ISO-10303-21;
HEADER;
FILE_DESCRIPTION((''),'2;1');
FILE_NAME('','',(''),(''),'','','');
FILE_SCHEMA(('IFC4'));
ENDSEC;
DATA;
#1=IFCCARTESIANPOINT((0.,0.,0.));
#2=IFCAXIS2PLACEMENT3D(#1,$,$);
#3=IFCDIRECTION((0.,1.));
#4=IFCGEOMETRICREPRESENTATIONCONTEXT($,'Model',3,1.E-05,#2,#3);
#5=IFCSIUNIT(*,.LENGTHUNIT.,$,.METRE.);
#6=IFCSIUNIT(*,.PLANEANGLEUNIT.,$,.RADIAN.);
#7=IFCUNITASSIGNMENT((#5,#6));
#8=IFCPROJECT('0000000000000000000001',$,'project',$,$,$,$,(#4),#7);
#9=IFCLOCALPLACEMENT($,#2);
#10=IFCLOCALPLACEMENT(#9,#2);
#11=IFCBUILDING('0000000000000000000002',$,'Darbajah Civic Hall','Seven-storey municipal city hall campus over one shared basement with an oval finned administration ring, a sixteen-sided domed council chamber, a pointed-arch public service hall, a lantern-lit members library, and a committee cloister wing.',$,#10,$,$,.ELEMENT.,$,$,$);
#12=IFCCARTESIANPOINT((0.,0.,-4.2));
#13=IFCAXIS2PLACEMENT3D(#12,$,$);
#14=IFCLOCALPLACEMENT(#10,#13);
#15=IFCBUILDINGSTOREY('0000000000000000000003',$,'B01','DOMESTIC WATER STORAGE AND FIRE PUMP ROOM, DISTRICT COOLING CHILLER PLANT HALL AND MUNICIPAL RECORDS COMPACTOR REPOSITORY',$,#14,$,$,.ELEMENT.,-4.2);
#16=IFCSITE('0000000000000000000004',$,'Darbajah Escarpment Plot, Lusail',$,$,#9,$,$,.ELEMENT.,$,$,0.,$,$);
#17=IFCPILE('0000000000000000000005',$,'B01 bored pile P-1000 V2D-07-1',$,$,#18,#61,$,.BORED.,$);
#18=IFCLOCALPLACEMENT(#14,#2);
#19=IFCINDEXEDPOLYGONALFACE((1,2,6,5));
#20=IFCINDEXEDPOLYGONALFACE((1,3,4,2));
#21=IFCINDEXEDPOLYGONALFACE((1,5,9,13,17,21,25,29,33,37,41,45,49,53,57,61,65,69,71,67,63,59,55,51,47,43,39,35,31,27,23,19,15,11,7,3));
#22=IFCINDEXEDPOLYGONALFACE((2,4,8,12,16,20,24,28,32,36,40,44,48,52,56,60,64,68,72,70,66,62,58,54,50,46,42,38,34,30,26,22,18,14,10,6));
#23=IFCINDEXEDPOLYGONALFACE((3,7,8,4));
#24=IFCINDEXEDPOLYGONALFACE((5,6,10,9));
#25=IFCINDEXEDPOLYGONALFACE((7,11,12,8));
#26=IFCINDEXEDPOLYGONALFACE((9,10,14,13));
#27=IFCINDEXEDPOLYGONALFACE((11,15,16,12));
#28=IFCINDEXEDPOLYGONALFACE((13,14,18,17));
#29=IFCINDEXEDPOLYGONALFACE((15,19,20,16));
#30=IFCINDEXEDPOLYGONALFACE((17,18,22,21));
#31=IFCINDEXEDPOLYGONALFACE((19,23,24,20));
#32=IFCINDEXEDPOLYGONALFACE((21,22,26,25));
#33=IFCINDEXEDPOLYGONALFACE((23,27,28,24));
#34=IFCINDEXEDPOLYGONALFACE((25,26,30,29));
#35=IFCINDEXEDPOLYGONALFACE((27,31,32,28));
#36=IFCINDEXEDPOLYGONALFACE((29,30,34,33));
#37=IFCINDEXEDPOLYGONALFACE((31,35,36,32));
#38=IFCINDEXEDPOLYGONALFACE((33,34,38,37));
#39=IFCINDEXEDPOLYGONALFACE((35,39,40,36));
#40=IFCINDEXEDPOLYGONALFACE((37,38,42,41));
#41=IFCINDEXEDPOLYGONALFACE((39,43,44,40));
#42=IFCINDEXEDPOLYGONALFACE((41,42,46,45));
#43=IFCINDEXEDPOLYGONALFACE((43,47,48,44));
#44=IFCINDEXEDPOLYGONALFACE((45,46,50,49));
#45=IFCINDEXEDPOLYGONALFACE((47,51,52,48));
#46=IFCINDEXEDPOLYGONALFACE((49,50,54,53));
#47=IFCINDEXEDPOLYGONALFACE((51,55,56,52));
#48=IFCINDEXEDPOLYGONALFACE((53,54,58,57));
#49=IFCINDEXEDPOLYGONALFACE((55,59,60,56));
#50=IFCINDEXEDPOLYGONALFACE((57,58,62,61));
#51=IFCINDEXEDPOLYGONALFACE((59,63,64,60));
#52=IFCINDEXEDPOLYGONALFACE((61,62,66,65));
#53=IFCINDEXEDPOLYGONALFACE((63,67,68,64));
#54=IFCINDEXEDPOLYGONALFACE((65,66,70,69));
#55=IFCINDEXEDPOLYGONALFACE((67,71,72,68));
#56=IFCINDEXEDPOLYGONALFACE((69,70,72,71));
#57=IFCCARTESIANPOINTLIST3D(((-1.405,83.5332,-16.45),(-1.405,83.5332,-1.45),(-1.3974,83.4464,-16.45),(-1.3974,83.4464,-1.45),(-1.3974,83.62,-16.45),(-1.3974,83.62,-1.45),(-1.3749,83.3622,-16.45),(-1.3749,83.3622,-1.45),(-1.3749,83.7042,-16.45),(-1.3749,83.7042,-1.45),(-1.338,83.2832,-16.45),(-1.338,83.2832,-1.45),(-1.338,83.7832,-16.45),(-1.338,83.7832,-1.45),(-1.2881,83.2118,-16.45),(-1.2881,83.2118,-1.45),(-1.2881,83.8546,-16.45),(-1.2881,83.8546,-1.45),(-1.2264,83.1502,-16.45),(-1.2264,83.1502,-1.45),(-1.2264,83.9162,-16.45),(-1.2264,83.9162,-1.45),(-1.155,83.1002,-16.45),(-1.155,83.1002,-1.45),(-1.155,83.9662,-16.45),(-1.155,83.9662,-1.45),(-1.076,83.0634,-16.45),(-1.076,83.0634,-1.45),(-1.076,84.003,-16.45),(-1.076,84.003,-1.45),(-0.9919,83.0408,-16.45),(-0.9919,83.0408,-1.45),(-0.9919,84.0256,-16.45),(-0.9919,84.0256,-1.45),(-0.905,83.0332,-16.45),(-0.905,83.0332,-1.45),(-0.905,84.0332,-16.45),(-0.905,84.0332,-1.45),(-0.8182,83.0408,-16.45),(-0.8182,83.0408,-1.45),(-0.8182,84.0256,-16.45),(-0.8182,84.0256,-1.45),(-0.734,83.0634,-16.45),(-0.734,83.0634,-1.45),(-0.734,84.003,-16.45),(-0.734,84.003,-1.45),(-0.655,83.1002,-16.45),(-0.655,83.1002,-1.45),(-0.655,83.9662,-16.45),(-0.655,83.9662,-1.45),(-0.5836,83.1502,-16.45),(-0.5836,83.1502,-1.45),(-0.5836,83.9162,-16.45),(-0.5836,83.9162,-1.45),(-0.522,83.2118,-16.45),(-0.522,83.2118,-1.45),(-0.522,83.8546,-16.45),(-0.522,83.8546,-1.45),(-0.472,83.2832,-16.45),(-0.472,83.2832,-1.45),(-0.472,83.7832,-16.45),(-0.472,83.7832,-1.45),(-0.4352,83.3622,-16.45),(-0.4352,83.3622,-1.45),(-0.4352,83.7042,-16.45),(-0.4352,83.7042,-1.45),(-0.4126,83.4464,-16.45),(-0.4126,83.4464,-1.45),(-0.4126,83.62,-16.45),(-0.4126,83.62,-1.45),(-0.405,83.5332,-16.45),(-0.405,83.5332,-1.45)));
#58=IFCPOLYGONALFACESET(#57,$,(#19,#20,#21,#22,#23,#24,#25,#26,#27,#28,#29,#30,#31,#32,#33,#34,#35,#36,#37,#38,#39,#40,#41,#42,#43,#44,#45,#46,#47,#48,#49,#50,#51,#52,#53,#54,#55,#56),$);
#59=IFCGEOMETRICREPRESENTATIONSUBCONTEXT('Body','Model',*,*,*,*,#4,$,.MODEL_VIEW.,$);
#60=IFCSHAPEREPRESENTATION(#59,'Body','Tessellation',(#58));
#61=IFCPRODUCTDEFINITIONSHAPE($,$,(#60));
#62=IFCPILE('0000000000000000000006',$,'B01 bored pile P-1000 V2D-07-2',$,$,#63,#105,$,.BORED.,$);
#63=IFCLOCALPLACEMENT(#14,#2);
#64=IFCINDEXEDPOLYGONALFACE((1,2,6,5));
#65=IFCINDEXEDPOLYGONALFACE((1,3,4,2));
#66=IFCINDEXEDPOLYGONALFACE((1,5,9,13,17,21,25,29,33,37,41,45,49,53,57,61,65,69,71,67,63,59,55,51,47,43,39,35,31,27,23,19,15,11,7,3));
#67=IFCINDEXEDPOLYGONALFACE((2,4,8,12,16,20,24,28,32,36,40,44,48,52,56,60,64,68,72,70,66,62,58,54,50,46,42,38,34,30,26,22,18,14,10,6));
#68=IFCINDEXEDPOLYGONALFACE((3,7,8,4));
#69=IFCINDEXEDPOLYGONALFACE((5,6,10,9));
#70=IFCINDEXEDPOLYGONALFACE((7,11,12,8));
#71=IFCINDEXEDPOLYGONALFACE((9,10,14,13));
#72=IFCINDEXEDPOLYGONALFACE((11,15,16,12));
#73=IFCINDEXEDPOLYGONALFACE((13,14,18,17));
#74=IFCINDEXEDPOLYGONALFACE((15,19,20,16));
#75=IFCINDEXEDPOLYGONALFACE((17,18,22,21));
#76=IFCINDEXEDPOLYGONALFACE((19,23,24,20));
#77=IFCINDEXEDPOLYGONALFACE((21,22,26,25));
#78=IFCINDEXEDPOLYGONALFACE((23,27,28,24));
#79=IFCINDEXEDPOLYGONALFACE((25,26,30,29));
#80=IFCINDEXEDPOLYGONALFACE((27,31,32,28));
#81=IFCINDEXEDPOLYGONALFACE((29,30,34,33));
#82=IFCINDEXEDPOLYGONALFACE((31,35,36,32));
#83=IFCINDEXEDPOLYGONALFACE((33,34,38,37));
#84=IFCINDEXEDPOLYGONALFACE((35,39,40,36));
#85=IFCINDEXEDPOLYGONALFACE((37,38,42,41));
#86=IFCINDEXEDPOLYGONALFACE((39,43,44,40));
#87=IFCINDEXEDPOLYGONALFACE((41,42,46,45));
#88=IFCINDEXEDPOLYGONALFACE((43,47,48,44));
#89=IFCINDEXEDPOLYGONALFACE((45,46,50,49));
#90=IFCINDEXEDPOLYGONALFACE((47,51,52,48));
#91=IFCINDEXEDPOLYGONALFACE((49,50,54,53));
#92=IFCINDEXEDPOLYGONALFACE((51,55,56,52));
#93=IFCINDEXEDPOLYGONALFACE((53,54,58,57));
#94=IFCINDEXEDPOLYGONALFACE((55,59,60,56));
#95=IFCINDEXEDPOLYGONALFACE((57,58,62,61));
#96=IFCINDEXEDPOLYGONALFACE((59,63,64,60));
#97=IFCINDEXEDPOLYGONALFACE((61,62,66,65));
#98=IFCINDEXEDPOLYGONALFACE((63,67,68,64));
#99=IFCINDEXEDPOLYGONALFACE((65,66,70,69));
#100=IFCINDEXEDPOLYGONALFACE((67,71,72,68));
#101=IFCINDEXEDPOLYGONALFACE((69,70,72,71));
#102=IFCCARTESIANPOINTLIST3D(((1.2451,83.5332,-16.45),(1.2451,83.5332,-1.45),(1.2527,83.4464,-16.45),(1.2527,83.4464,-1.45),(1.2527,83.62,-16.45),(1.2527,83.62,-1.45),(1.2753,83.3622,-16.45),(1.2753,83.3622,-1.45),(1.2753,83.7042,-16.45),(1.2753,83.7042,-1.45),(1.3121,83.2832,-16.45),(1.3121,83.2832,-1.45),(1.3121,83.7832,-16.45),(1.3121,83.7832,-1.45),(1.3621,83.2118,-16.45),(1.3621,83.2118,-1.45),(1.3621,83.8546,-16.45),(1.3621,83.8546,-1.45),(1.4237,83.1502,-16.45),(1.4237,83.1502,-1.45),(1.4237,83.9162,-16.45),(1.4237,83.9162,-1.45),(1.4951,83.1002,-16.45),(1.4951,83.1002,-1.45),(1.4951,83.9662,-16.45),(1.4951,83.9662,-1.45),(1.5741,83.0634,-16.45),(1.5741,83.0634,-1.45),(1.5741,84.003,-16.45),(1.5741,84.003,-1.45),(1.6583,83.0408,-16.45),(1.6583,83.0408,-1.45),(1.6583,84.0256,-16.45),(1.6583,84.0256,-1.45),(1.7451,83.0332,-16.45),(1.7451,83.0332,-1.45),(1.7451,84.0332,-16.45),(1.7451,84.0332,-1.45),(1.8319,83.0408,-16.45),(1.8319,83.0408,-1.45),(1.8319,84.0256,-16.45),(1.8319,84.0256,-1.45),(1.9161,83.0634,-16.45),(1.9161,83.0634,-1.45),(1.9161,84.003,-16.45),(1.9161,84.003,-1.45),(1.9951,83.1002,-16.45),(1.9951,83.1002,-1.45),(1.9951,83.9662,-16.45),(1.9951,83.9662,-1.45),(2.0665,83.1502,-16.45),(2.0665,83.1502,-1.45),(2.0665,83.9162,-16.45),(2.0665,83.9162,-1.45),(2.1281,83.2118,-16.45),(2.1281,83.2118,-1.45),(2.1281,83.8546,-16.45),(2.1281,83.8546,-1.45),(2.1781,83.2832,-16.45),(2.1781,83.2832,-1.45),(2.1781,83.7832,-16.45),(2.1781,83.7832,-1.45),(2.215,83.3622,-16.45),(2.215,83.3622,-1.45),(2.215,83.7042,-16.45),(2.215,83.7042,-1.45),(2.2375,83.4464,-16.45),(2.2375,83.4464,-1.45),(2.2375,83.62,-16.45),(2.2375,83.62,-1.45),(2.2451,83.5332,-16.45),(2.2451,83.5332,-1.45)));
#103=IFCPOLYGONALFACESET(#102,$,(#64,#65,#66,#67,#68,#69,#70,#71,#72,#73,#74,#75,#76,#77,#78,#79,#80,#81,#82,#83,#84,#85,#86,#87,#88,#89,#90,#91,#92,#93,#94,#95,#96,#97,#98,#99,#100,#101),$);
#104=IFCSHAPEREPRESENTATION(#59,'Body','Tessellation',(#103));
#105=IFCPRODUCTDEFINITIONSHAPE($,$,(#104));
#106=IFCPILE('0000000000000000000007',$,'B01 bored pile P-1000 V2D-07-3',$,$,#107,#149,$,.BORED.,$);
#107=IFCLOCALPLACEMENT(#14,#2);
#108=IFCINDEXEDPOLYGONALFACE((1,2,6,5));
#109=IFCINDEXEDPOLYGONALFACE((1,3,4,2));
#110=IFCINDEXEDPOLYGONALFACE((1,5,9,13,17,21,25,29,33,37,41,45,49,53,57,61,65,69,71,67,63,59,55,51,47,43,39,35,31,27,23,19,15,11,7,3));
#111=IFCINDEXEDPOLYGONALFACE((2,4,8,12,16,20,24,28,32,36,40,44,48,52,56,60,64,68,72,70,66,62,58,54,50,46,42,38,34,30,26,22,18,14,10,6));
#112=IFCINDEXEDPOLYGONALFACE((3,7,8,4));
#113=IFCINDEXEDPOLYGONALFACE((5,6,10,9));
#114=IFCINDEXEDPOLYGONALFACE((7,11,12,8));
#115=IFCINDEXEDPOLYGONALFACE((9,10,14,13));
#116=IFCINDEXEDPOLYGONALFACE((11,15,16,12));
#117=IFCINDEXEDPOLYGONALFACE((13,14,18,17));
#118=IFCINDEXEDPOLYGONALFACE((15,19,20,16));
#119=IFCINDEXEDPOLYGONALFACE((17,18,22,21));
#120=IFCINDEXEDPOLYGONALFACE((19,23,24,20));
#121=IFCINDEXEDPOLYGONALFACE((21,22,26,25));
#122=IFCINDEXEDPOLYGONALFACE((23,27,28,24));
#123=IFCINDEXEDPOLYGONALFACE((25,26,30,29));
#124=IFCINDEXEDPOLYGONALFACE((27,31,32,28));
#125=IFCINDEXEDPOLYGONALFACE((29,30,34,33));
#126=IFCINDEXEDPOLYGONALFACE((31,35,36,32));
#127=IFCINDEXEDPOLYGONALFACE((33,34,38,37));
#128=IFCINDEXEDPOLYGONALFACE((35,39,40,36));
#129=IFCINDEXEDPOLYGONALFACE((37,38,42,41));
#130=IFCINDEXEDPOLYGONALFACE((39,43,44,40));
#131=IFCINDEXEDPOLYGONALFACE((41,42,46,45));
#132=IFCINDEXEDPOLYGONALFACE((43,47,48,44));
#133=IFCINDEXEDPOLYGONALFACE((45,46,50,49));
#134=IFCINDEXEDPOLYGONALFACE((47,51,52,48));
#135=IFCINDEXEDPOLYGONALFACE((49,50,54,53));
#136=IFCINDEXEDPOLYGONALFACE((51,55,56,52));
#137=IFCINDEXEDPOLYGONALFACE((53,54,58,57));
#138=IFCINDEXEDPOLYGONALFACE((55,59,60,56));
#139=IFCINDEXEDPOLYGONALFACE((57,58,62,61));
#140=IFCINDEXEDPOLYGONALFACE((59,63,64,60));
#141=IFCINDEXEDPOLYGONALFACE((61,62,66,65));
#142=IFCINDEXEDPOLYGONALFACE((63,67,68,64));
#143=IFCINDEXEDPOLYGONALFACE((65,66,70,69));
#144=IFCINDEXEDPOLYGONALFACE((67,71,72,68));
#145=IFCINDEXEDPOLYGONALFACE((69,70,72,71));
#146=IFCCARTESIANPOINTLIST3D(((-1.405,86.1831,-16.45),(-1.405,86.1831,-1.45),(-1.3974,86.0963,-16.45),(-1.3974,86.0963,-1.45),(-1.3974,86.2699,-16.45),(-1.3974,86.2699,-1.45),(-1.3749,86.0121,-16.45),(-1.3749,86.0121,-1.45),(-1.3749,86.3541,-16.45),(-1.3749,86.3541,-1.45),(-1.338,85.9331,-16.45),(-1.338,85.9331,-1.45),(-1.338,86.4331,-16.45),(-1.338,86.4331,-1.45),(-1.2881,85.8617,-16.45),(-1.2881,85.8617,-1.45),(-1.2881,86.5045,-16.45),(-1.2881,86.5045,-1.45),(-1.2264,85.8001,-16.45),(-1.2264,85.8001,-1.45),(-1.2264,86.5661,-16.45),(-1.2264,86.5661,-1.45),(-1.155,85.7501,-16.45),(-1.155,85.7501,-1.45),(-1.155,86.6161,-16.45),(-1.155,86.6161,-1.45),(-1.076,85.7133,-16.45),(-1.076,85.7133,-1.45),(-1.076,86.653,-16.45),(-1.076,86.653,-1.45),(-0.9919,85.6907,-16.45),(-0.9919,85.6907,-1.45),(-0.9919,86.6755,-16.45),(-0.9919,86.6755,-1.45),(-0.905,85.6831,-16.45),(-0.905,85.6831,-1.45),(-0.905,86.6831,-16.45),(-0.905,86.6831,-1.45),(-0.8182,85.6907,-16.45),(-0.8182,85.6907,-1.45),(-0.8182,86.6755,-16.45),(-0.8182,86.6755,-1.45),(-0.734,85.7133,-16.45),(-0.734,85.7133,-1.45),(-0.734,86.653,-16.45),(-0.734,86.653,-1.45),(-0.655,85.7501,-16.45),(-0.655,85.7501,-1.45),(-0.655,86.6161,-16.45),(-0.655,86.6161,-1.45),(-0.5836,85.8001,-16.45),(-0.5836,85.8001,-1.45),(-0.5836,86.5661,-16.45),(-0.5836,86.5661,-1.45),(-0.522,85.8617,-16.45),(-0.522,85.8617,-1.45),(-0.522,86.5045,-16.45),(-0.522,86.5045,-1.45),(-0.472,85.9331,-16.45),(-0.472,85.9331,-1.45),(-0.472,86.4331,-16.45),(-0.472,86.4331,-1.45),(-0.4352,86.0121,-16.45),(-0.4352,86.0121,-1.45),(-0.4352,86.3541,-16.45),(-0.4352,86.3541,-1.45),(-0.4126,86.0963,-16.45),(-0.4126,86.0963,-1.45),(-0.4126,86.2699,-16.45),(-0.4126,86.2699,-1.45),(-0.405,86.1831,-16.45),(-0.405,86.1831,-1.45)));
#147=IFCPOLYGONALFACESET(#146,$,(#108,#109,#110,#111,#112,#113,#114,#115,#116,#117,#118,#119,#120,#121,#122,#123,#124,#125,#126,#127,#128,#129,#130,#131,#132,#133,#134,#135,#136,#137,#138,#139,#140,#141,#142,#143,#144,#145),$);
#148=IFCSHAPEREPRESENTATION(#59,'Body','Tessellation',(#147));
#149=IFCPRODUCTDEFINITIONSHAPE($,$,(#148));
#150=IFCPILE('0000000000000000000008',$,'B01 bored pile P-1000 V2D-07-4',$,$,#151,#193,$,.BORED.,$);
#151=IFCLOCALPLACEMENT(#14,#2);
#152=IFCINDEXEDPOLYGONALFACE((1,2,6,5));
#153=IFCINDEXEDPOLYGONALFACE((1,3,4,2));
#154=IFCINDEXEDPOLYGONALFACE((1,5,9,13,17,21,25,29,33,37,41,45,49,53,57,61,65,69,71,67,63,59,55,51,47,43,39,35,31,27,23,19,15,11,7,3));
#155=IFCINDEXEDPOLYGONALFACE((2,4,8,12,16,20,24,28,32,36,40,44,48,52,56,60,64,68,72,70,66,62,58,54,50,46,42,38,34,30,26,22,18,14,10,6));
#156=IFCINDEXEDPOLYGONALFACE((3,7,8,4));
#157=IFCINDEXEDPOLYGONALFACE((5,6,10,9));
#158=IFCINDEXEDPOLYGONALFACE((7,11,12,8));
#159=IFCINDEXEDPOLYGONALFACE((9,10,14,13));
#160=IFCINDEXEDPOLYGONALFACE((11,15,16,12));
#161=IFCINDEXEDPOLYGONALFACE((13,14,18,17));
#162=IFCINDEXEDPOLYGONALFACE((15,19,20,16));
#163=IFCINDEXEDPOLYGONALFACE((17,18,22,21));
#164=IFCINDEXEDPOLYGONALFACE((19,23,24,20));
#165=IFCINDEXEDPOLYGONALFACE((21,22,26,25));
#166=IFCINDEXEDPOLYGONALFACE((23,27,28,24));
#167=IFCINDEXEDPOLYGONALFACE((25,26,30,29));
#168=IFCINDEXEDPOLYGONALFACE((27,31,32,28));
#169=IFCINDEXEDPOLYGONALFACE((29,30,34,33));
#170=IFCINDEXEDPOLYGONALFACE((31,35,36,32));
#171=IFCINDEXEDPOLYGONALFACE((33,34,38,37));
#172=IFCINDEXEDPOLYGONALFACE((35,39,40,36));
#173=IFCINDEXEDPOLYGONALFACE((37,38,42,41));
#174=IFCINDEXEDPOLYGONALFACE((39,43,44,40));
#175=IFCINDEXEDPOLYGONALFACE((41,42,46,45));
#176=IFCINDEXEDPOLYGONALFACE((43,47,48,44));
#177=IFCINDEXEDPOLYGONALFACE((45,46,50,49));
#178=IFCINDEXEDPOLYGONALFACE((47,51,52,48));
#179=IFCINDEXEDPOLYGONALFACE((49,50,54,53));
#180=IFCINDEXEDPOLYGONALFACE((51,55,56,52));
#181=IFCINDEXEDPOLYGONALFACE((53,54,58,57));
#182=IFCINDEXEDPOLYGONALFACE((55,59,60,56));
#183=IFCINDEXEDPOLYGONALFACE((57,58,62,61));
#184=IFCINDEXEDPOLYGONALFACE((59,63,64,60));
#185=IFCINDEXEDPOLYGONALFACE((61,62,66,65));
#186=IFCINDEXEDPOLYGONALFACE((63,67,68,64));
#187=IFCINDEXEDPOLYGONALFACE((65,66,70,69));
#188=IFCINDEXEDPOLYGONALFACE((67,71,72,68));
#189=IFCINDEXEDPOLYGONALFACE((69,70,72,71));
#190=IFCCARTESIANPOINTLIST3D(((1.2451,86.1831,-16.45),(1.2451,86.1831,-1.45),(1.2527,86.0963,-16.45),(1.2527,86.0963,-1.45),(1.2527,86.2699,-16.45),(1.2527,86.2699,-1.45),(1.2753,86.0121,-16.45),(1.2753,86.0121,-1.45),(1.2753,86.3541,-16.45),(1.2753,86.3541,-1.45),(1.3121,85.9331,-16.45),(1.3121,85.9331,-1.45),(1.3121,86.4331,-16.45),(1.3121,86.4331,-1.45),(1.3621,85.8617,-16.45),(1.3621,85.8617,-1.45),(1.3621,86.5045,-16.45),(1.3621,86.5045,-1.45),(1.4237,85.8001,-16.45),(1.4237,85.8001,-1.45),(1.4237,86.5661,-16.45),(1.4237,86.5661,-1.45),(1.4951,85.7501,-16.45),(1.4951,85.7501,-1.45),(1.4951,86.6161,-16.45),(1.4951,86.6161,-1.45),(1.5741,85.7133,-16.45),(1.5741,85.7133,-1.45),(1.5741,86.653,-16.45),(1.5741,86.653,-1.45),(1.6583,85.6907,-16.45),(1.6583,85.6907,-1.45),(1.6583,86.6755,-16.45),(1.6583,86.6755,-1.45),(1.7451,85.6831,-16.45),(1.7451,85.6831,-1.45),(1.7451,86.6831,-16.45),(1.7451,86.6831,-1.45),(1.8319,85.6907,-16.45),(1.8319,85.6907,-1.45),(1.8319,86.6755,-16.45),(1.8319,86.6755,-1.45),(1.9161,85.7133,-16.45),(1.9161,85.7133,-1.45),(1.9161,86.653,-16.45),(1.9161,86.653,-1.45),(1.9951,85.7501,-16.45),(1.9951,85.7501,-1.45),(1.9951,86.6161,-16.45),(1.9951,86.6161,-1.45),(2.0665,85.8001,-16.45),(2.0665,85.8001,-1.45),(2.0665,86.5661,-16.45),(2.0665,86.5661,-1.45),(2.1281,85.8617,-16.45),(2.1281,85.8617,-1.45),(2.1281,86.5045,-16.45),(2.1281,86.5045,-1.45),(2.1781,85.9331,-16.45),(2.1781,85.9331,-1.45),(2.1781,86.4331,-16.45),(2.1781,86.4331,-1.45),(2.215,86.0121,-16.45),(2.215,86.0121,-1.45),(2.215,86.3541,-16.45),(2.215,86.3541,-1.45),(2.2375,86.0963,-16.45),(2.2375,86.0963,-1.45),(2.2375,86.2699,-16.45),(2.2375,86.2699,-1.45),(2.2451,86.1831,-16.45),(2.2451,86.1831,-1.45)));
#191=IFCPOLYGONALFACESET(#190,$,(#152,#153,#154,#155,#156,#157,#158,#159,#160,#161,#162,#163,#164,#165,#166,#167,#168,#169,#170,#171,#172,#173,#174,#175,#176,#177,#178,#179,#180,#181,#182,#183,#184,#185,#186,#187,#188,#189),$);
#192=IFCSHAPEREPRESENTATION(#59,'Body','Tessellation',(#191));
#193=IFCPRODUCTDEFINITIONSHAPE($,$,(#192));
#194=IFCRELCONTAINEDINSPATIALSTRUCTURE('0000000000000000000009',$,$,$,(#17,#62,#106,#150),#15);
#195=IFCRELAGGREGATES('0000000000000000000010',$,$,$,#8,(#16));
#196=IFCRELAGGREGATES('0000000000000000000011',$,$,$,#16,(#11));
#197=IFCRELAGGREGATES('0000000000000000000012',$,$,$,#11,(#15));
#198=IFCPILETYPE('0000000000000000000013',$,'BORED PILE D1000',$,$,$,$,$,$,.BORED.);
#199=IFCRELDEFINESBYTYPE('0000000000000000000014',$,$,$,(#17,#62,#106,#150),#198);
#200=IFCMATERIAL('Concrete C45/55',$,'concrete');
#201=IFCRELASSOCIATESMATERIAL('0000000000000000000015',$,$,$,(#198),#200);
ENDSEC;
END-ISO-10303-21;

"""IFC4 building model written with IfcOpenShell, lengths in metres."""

from ifc_helpers import new_model, si_unit, direction, frame, origin, origin_2d, place, context, subcontext, project, spatial, circle, extrude, material, material_profile, profile_set, type_object, element, save


model = new_model("IFC4")

# Units and contexts
model_context = context("Model", 3, precision=1e-05, world=origin(), true_north=direction((0.0, 1.0)))
body_context = subcontext(model_context, "Body", "Model", "MODEL_VIEW")
ifc_project = project(units=[si_unit("LENGTHUNIT", "METRE"), si_unit("PLANEANGLEUNIT", "RADIAN")], contexts=[model_context])

# Site, building, storey
site_placement = place(None, origin())
site = spatial("IfcSite", under=ifc_project, at=site_placement, Name="Darbajah Escarpment Plot, Lusail", CompositionType="ELEMENT", RefElevation=0.0)
building_placement = place(site_placement, origin())
building = spatial("IfcBuilding", under=site, at=building_placement, Name="Darbajah Civic Hall", Description="Seven-storey municipal city hall campus over one shared basement with an oval finned administration ring, a sixteen-sided domed council chamber, a pointed-arch public service hall, a lantern-lit members library, and a committee cloister wing.", CompositionType="ELEMENT")
storey_placement = place(building_placement, frame((0.0, 0.0, -4.2)))
storey = spatial("IfcBuildingStorey", under=building, at=storey_placement, Name="B01", Description="DOMESTIC WATER STORAGE AND FIRE PUMP ROOM, DISTRICT COOLING CHILLER PLANT HALL AND MUNICIPAL RECORDS COMPACTOR REPOSITORY", CompositionType="ELEMENT", Elevation=-4.2)

# Piles
ifc_material_1 = material(Name="Concrete C45/55", Category="concrete")
ifc_material_profile_1 = material_profile(ifc_material_1, circle(Radius=0.5, at=origin_2d()), Name="BORED PILE D1000")
ifc_profile_set_1 = profile_set([ifc_material_profile_1], Name="Concrete C45/55")
pile_type = type_object("IfcPileType", Name="BORED PILE D1000", PredefinedType="BORED", material=ifc_profile_set_1)
for number, where, z_axis, x_axis, name in (
    (1, (-0.905, 83.5332, -1.45), (0.0, 0.0, -1.0), (1.0, 0.0, 0.0), "B01 bored pile P-1000 V2D-07-1"),
    (2, (1.7451, 83.5332, -1.45), (0.0, 0.0, -1.0), (1.0, 0.0, 0.0), "B01 bored pile P-1000 V2D-07-2"),
    (3, (-0.905, 86.1831, -1.45), (0.0, 0.0, -1.0), (1.0, 0.0, 0.0), "B01 bored pile P-1000 V2D-07-3"),
    (4, (1.7451, 86.1831, -1.45), (0.0, 0.0, -1.0), (1.0, 0.0, 0.0), "B01 bored pile P-1000 V2D-07-4"),
):
    element("IfcPile", number, at=place(storey_placement, frame(where, z_axis=z_axis, x_axis=x_axis)), inside=storey, type_object=pile_type, Name=name, PredefinedType="BORED", context=body_context, shape_type="SweptSolid", body=[
        extrude(circle(Radius=0.5, at=origin_2d()), origin(), (0.0, 0.0, 1.0), 15.0),
    ])

save(model, "model.ifc")
